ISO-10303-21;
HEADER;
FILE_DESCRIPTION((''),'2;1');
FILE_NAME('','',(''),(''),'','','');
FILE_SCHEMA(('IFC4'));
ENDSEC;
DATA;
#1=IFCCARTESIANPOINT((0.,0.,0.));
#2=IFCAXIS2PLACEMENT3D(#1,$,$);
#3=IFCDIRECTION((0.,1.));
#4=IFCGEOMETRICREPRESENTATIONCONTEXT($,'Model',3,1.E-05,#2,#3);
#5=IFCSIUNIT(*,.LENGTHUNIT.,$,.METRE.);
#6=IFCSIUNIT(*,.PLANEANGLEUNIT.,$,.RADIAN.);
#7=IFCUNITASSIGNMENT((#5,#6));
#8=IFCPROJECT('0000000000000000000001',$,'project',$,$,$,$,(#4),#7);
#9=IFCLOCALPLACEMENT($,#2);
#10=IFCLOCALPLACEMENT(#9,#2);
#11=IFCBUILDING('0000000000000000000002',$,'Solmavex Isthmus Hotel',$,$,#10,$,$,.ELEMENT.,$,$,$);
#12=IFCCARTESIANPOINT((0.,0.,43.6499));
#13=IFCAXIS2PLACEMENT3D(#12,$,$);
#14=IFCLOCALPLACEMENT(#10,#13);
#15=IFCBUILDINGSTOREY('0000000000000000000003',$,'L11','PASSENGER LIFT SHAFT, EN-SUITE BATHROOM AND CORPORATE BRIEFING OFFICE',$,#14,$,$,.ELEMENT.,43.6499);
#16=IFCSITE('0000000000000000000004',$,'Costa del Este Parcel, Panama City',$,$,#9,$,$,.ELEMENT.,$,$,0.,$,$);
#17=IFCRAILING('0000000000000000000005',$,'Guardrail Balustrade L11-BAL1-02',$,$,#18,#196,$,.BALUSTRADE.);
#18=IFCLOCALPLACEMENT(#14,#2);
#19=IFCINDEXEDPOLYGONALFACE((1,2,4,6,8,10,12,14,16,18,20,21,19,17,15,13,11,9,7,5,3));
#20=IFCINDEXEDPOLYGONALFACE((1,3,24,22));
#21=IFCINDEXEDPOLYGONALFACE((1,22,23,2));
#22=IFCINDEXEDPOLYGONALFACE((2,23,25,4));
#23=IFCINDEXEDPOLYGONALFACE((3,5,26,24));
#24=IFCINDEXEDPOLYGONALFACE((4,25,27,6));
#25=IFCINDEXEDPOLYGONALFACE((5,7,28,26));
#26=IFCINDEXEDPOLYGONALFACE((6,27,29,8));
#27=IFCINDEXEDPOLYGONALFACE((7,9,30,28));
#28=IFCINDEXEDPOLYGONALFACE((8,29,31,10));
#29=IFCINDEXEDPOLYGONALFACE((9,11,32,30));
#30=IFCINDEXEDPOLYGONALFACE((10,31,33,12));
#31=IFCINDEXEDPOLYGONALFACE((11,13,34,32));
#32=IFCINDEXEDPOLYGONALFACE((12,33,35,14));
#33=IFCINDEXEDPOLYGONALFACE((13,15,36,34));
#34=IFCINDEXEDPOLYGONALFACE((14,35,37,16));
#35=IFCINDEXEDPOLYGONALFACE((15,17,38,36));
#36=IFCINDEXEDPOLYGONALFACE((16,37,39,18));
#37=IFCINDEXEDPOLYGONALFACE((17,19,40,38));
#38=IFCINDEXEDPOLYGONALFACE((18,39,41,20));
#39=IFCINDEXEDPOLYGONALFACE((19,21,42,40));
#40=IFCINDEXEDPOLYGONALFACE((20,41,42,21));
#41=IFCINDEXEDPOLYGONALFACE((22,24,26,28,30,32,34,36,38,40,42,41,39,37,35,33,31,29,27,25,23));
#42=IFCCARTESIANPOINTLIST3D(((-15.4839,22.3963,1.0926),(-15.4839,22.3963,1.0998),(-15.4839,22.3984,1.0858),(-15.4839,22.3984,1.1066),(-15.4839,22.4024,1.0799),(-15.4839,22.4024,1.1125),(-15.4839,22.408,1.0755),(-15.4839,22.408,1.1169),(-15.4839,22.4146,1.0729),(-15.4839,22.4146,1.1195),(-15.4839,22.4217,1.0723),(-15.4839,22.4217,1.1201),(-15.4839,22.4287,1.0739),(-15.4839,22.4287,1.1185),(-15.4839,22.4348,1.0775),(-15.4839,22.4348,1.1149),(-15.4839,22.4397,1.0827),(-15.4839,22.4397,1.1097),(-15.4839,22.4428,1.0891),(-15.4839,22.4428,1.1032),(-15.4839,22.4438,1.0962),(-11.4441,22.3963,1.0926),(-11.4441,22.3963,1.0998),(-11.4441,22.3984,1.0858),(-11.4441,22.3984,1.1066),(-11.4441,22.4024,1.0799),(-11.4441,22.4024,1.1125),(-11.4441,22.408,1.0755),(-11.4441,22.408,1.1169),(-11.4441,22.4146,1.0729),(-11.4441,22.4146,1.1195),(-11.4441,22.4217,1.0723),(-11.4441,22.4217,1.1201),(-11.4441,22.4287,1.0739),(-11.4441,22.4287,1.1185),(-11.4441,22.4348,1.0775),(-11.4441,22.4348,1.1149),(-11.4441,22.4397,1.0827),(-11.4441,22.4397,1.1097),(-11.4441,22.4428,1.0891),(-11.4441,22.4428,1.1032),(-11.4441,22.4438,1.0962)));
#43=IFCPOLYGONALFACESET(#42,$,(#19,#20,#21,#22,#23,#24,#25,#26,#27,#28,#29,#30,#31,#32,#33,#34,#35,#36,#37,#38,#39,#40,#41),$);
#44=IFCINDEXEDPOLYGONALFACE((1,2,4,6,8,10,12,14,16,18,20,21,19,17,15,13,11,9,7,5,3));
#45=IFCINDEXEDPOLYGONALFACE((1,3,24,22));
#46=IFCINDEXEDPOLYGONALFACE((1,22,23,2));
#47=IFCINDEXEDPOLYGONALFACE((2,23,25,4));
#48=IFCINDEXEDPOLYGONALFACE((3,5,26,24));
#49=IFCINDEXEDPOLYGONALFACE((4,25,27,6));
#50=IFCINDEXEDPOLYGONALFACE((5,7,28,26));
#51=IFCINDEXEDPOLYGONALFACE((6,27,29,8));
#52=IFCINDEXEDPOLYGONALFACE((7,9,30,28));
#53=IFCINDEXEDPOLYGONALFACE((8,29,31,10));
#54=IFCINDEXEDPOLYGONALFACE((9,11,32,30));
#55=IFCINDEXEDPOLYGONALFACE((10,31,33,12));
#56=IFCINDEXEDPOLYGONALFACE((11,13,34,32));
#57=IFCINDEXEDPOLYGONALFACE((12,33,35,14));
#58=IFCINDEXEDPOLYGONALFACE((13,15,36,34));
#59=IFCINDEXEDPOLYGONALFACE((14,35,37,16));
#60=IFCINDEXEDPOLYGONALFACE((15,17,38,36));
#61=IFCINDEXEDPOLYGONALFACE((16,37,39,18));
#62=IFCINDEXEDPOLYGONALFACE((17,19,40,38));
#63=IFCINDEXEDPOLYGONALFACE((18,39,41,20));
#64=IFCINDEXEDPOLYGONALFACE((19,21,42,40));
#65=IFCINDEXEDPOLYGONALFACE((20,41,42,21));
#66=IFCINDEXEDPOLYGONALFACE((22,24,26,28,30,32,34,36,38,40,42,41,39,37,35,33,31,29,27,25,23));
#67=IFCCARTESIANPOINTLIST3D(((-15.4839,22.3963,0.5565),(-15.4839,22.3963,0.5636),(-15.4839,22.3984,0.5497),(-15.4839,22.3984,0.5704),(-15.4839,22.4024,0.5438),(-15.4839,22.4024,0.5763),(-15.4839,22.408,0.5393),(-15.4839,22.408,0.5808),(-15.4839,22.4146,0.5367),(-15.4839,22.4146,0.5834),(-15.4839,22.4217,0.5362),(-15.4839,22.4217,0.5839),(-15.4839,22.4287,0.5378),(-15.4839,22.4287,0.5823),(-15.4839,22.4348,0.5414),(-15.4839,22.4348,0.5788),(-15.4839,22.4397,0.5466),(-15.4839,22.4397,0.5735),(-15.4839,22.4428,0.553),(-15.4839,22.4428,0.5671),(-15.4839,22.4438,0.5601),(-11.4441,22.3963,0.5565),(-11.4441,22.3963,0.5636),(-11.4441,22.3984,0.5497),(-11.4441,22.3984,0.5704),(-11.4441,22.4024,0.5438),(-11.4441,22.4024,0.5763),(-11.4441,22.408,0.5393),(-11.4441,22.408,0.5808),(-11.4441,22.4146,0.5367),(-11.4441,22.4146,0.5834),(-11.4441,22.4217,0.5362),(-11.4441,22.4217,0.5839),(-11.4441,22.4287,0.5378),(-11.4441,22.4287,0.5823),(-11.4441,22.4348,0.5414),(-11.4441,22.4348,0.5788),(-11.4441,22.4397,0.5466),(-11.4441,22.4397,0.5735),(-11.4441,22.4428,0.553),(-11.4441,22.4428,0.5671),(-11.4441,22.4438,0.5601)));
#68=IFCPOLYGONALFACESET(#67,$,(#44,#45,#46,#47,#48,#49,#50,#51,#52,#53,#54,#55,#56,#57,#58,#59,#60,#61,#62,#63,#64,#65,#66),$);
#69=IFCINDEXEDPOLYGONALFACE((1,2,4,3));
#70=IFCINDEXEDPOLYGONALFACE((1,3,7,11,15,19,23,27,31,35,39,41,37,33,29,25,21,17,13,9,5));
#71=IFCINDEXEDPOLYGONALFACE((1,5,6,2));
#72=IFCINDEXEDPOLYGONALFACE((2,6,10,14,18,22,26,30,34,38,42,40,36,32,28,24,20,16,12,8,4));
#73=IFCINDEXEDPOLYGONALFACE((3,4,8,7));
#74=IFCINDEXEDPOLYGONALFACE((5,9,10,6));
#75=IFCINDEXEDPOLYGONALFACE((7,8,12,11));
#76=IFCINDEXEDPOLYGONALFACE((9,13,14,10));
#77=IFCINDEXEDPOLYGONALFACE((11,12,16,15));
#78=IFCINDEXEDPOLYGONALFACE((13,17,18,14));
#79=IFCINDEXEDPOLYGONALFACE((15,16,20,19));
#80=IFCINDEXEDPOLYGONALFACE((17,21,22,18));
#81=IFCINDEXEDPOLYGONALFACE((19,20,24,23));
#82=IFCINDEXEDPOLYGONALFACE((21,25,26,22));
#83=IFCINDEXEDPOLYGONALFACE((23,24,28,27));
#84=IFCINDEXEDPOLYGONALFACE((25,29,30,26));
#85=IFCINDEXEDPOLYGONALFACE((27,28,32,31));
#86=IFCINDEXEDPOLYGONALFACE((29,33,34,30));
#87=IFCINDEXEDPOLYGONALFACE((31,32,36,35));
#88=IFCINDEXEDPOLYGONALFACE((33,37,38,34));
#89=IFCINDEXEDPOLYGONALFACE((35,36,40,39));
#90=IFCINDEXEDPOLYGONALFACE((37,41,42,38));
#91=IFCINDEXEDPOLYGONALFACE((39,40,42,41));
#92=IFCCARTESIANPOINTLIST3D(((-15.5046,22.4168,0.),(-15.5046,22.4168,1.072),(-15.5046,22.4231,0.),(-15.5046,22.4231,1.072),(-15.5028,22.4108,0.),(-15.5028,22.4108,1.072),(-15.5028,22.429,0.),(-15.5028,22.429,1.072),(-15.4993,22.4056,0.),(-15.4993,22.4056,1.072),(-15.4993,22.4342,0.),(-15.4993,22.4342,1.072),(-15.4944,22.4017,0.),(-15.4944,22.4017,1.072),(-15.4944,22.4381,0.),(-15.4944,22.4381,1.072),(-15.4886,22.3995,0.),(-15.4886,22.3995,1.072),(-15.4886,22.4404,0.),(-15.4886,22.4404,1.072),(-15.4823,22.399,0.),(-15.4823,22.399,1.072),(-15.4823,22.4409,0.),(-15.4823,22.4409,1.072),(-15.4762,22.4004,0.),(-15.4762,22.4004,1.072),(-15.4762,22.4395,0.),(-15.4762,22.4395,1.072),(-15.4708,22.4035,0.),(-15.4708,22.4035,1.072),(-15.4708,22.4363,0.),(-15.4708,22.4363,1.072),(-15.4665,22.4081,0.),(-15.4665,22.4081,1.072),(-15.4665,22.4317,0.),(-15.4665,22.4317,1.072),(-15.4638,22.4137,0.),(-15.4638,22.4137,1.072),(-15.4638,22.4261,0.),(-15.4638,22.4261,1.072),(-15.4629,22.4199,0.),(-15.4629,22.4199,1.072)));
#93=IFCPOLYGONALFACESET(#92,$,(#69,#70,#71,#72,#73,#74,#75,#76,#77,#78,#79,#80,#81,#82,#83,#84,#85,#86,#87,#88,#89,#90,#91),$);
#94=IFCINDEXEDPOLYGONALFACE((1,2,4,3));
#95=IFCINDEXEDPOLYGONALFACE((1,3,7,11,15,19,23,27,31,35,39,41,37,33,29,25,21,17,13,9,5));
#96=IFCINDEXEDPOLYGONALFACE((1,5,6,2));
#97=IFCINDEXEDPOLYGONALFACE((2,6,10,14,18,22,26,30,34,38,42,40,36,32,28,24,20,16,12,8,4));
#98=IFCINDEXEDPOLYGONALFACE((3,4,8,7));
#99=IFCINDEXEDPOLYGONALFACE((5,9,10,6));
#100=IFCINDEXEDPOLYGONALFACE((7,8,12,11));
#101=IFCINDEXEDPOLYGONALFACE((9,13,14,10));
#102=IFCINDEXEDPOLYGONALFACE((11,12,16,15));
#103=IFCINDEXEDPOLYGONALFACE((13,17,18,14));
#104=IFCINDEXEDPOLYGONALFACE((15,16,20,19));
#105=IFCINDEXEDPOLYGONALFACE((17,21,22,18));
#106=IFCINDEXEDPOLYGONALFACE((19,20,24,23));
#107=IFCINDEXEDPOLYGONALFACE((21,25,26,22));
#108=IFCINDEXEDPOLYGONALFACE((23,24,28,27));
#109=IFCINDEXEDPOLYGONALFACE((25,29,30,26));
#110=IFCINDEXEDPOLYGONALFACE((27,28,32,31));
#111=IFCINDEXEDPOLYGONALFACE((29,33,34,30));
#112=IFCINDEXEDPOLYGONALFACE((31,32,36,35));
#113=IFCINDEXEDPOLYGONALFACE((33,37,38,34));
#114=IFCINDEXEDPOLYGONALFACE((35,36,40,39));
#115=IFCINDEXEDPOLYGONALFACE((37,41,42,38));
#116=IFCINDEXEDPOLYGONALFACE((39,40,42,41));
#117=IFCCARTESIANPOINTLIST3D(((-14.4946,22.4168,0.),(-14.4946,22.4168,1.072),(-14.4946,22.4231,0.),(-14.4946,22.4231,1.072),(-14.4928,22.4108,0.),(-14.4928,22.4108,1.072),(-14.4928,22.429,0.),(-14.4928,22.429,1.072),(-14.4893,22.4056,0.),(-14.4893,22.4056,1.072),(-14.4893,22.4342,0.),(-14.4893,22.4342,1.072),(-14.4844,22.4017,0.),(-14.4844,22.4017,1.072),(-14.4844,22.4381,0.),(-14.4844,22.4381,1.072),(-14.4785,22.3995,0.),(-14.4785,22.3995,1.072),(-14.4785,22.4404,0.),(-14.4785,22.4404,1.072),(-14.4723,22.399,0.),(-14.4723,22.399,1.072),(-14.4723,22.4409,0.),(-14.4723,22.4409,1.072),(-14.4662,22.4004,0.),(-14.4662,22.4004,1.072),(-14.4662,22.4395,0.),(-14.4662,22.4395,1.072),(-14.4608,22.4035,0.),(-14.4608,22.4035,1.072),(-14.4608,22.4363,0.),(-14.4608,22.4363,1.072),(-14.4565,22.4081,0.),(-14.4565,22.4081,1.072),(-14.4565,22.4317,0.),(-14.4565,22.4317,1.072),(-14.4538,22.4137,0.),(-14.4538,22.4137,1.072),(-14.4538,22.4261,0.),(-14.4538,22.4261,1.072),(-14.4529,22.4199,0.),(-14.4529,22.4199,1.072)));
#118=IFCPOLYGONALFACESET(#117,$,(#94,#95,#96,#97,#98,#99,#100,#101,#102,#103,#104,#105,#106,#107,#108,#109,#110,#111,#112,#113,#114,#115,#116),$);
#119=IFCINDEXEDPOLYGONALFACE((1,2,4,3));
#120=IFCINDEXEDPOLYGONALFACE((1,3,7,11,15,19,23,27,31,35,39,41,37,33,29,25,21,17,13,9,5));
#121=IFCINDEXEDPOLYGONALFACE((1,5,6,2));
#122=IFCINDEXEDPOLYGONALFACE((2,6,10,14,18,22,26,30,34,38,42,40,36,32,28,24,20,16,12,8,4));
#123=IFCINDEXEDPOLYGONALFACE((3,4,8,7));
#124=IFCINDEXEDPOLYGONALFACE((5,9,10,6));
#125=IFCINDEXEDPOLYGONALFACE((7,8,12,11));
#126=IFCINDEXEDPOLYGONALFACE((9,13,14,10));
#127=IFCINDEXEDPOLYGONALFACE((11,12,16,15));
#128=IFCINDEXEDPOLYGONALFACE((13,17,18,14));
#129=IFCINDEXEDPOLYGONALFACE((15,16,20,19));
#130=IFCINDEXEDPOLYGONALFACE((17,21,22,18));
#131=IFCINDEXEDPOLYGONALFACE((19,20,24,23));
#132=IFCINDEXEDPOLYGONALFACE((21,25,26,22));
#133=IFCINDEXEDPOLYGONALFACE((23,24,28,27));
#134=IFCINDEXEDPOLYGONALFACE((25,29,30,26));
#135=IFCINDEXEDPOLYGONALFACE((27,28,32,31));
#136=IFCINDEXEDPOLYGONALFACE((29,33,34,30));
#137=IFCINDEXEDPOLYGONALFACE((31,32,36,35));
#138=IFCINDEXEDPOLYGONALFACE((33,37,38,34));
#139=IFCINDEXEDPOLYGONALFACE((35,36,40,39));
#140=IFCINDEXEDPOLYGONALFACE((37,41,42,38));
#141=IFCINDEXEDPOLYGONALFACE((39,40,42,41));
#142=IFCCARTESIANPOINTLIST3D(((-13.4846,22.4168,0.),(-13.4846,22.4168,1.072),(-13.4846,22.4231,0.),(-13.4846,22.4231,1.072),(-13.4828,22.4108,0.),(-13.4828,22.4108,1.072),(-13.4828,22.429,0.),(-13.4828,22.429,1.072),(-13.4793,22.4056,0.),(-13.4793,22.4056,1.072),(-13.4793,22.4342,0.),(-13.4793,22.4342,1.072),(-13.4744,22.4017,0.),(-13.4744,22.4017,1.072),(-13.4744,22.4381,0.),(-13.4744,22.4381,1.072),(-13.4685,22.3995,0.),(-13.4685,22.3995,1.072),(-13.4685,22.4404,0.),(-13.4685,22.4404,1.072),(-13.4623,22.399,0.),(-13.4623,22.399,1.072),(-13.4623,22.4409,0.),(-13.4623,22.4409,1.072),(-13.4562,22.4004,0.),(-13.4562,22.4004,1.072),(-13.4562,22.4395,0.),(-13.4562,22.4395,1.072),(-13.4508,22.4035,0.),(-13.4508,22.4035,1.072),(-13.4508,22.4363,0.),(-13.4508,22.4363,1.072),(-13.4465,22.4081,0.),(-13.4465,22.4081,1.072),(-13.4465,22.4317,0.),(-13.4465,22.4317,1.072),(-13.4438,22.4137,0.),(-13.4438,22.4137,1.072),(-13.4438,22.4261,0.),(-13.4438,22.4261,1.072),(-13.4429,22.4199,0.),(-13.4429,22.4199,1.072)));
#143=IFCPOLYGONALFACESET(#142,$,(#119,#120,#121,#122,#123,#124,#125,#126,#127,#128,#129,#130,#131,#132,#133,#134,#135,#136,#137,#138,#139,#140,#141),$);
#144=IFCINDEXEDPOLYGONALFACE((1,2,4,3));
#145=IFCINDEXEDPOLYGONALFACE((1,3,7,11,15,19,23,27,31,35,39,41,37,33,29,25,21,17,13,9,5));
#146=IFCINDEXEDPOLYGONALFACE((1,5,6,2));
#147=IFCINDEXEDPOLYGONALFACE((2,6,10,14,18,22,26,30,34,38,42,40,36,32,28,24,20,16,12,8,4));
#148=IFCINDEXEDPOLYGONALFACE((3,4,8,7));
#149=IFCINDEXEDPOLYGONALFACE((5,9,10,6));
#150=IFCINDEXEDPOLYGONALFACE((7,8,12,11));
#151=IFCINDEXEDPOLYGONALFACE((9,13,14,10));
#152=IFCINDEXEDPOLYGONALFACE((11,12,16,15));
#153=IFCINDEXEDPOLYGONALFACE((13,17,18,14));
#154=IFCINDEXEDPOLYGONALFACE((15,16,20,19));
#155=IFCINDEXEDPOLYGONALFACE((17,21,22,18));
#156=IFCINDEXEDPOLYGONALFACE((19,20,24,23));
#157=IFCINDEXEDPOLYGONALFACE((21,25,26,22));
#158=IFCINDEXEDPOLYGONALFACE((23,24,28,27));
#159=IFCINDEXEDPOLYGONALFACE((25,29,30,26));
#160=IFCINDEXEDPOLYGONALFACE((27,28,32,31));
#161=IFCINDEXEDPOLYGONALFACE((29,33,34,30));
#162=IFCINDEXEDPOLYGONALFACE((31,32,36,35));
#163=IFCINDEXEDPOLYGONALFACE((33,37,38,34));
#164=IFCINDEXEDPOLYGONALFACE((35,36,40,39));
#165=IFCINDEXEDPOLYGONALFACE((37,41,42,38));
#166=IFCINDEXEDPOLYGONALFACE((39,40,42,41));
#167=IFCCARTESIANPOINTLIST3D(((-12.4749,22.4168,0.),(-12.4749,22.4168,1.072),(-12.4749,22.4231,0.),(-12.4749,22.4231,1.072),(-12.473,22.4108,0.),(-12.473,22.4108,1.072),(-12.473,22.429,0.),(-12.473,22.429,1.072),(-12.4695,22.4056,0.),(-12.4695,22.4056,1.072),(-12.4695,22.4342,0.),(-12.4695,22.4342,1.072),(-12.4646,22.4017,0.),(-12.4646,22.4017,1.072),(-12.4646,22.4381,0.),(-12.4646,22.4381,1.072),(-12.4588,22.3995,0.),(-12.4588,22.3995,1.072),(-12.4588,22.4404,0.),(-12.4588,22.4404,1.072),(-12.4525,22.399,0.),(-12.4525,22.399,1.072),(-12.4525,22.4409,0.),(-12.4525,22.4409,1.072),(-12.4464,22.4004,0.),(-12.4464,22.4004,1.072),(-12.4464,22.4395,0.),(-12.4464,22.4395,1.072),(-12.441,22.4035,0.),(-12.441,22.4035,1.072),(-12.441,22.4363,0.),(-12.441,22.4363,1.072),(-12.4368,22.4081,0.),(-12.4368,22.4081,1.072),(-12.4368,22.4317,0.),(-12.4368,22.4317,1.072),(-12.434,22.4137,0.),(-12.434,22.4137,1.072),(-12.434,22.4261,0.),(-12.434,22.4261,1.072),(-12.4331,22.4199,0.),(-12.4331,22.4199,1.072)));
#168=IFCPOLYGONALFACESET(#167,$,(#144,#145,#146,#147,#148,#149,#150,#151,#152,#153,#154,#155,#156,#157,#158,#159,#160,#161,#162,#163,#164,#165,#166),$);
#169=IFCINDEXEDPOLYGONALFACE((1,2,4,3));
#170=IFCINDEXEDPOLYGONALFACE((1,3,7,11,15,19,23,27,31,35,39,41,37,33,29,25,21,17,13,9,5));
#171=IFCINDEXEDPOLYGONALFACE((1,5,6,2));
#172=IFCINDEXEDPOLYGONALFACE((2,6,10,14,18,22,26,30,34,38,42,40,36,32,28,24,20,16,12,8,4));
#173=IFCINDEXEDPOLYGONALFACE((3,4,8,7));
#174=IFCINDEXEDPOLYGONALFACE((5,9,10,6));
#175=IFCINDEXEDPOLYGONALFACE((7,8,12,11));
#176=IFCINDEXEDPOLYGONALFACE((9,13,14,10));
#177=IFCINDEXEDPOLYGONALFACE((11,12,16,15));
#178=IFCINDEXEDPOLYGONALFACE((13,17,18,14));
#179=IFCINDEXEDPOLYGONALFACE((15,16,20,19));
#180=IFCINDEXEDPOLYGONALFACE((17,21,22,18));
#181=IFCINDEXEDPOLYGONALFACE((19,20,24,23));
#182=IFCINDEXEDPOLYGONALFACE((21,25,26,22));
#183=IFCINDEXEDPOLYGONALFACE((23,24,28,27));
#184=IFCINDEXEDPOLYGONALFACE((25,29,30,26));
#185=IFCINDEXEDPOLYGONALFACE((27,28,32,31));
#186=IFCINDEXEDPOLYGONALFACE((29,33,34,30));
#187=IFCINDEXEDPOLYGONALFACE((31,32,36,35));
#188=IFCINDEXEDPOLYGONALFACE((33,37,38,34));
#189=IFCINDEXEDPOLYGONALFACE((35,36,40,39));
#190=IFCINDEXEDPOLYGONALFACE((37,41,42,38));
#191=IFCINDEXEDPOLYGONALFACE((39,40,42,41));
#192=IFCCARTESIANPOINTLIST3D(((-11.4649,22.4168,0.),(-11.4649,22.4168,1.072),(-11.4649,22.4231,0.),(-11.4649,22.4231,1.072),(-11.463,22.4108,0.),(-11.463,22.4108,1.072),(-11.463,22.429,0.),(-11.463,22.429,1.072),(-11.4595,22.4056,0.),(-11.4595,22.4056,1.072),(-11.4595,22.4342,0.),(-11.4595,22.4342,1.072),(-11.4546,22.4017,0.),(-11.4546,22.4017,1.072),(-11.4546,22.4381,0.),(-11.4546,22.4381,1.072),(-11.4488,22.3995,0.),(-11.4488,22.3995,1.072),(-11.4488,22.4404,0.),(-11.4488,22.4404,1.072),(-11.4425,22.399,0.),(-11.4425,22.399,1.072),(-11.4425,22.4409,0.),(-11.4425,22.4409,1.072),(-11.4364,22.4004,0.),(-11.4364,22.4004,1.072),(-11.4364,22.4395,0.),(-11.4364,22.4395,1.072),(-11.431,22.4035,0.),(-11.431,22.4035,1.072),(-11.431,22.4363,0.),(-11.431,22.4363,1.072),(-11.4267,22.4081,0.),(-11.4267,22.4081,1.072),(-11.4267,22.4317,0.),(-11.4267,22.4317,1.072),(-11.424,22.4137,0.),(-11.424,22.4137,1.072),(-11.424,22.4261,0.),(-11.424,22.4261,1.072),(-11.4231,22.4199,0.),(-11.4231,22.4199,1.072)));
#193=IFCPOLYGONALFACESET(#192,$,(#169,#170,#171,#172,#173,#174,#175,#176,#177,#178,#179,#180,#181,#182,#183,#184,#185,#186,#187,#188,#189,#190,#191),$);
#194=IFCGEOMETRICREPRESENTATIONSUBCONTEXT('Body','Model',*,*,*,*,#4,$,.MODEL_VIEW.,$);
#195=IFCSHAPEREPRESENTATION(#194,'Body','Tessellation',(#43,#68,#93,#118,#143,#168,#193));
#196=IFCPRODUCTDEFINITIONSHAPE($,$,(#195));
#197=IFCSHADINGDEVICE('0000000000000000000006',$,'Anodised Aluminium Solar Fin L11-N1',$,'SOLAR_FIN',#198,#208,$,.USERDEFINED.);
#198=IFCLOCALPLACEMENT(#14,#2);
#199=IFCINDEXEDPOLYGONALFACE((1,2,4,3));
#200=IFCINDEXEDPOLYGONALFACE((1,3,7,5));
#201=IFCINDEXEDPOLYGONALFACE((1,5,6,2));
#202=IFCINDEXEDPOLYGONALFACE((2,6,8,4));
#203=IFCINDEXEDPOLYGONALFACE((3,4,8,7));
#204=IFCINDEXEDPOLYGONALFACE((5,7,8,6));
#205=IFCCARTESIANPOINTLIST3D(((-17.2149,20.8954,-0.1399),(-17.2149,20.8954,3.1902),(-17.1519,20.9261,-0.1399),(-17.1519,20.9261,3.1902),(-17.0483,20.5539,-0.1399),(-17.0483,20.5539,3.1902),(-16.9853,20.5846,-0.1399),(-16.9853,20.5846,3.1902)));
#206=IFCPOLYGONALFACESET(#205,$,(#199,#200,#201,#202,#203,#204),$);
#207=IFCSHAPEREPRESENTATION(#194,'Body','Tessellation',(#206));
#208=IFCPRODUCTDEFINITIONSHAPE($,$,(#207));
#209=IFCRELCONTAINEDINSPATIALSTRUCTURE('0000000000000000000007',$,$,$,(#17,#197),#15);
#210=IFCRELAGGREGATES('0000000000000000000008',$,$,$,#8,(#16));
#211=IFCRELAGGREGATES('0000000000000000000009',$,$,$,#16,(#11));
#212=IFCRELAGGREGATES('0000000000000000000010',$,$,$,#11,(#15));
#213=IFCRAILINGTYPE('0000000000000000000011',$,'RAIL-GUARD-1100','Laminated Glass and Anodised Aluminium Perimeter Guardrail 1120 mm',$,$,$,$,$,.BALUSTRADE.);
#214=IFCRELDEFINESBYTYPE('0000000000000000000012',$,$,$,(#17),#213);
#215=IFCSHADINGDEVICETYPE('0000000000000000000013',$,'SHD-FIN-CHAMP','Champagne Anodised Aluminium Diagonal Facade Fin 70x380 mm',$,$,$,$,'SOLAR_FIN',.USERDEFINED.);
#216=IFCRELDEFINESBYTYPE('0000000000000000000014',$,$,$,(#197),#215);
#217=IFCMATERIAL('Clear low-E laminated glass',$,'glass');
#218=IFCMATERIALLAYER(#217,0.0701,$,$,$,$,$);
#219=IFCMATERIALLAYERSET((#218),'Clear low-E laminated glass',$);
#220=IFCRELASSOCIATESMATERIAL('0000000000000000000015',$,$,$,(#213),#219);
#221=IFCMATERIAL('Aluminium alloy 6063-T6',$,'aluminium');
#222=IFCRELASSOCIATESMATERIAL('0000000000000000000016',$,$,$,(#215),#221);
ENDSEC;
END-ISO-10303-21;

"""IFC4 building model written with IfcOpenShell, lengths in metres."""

from ifc_helpers import new_model, si_unit, direction, frame, origin, origin_2d, place, context, subcontext, project, spatial, rectangle, circle, extrude, material, layer, layer_set, type_object, element, save


model = new_model("IFC4")

# Units and contexts
model_context = context("Model", 3, precision=1e-05, world=origin(), true_north=direction((0.0, 1.0)))
body_context = subcontext(model_context, "Body", "Model", "MODEL_VIEW")
ifc_project = project(units=[si_unit("LENGTHUNIT", "METRE"), si_unit("PLANEANGLEUNIT", "RADIAN")], contexts=[model_context])

# Site, building, storey
site_placement = place(None, origin())
site = spatial("IfcSite", under=ifc_project, at=site_placement, Name="Costa del Este Parcel, Panama City", CompositionType="ELEMENT", RefElevation=0.0)
building_placement = place(site_placement, origin())
building = spatial("IfcBuilding", under=site, at=building_placement, Name="Solmavex Isthmus Hotel", CompositionType="ELEMENT")
storey_placement = place(building_placement, frame((0.0, 0.0, 43.6499)))
storey = spatial("IfcBuildingStorey", under=building, at=storey_placement, Name="L11", Description="PASSENGER LIFT SHAFT, EN-SUITE BATHROOM AND CORPORATE BRIEFING OFFICE", CompositionType="ELEMENT", Elevation=43.6499)

# Shared definitions
ifc_material_1 = material(Name="Aluminium alloy 6063-T6", Category="aluminium")

# Shared definitions
ifc_material_2 = material(Name="Clear low-E laminated glass", Category="glass")

# Railing
ifc_layer_1 = layer(ifc_material_2, 0.0701)
ifc_layer_set_1 = layer_set([ifc_layer_1], Name="Clear low-E laminated glass")
railing_type = type_object("IfcRailingType", Name="RAIL-GUARD-1100", Description="Laminated Glass and Anodised Aluminium Perimeter Guardrail 1120 mm", PredefinedType="BALUSTRADE", material=ifc_layer_set_1)
railing_1_placement = place(storey_placement, frame((-15.4839, 22.4199, 0.0)))
element("IfcRailing", 1, at=railing_1_placement, inside=storey, type_object=railing_type, Name="Guardrail Balustrade L11-BAL1-02", PredefinedType="BALUSTRADE", context=body_context, shape_type="SweptSolid", body=[
    extrude(circle(Radius=0.0239, at=origin_2d()), frame((0.0, 0.0, 1.0962), z_axis=(1.0, 0.0, 0.0), x_axis=(0.0, 1.0, 0.0)), (0.0, 0.0, 1.0), 4.0398),
    extrude(circle(Radius=0.0239, at=origin_2d()), frame((0.0, 0.0, 0.5601), z_axis=(1.0, 0.0, 0.0), x_axis=(0.0, 1.0, 0.0)), (0.0, 0.0, 1.0), 4.0398),
    extrude(circle(Radius=0.021, at=origin_2d()), origin(), (0.0, 0.0, 1.0), 1.072),
    extrude(circle(Radius=0.021, at=origin_2d()), frame((1.01, 0.0, 0.0)), (0.0, 0.0, 1.0), 1.072),
    extrude(circle(Radius=0.021, at=origin_2d()), frame((2.02, 0.0, 0.0)), (0.0, 0.0, 1.0), 1.072),
    extrude(circle(Radius=0.021, at=origin_2d()), frame((3.0298, 0.0, 0.0)), (0.0, 0.0, 1.0), 1.072),
    extrude(circle(Radius=0.021, at=origin_2d()), frame((4.0398, 0.0, 0.0)), (0.0, 0.0, 1.0), 1.072),
])

# Shading device
shading_device_type = type_object("IfcShadingDeviceType", Name="SHD-FIN-CHAMP", Description="Champagne Anodised Aluminium Diagonal Facade Fin 70x380 mm", ElementType="SOLAR_FIN", PredefinedType="USERDEFINED", material=ifc_material_1)
shading_device_placement = place(storey_placement, frame((-17.1001, 20.74, -0.1399), z_axis=(0.0, 0.0, 1.0), x_axis=(-0.438371, 0.898794, 0.0)))
element("IfcShadingDevice", 2, at=shading_device_placement, inside=storey, type_object=shading_device_type, Name="Anodised Aluminium Solar Fin L11-N1", ObjectType="SOLAR_FIN", PredefinedType="USERDEFINED", context=body_context, shape_type="SweptSolid", body=[
    extrude(rectangle(XDim=0.3799, YDim=0.0701, at=origin_2d()), origin(), (0.0, 0.0, 1.0), 3.3301),
])

save(model, "model.ifc")
